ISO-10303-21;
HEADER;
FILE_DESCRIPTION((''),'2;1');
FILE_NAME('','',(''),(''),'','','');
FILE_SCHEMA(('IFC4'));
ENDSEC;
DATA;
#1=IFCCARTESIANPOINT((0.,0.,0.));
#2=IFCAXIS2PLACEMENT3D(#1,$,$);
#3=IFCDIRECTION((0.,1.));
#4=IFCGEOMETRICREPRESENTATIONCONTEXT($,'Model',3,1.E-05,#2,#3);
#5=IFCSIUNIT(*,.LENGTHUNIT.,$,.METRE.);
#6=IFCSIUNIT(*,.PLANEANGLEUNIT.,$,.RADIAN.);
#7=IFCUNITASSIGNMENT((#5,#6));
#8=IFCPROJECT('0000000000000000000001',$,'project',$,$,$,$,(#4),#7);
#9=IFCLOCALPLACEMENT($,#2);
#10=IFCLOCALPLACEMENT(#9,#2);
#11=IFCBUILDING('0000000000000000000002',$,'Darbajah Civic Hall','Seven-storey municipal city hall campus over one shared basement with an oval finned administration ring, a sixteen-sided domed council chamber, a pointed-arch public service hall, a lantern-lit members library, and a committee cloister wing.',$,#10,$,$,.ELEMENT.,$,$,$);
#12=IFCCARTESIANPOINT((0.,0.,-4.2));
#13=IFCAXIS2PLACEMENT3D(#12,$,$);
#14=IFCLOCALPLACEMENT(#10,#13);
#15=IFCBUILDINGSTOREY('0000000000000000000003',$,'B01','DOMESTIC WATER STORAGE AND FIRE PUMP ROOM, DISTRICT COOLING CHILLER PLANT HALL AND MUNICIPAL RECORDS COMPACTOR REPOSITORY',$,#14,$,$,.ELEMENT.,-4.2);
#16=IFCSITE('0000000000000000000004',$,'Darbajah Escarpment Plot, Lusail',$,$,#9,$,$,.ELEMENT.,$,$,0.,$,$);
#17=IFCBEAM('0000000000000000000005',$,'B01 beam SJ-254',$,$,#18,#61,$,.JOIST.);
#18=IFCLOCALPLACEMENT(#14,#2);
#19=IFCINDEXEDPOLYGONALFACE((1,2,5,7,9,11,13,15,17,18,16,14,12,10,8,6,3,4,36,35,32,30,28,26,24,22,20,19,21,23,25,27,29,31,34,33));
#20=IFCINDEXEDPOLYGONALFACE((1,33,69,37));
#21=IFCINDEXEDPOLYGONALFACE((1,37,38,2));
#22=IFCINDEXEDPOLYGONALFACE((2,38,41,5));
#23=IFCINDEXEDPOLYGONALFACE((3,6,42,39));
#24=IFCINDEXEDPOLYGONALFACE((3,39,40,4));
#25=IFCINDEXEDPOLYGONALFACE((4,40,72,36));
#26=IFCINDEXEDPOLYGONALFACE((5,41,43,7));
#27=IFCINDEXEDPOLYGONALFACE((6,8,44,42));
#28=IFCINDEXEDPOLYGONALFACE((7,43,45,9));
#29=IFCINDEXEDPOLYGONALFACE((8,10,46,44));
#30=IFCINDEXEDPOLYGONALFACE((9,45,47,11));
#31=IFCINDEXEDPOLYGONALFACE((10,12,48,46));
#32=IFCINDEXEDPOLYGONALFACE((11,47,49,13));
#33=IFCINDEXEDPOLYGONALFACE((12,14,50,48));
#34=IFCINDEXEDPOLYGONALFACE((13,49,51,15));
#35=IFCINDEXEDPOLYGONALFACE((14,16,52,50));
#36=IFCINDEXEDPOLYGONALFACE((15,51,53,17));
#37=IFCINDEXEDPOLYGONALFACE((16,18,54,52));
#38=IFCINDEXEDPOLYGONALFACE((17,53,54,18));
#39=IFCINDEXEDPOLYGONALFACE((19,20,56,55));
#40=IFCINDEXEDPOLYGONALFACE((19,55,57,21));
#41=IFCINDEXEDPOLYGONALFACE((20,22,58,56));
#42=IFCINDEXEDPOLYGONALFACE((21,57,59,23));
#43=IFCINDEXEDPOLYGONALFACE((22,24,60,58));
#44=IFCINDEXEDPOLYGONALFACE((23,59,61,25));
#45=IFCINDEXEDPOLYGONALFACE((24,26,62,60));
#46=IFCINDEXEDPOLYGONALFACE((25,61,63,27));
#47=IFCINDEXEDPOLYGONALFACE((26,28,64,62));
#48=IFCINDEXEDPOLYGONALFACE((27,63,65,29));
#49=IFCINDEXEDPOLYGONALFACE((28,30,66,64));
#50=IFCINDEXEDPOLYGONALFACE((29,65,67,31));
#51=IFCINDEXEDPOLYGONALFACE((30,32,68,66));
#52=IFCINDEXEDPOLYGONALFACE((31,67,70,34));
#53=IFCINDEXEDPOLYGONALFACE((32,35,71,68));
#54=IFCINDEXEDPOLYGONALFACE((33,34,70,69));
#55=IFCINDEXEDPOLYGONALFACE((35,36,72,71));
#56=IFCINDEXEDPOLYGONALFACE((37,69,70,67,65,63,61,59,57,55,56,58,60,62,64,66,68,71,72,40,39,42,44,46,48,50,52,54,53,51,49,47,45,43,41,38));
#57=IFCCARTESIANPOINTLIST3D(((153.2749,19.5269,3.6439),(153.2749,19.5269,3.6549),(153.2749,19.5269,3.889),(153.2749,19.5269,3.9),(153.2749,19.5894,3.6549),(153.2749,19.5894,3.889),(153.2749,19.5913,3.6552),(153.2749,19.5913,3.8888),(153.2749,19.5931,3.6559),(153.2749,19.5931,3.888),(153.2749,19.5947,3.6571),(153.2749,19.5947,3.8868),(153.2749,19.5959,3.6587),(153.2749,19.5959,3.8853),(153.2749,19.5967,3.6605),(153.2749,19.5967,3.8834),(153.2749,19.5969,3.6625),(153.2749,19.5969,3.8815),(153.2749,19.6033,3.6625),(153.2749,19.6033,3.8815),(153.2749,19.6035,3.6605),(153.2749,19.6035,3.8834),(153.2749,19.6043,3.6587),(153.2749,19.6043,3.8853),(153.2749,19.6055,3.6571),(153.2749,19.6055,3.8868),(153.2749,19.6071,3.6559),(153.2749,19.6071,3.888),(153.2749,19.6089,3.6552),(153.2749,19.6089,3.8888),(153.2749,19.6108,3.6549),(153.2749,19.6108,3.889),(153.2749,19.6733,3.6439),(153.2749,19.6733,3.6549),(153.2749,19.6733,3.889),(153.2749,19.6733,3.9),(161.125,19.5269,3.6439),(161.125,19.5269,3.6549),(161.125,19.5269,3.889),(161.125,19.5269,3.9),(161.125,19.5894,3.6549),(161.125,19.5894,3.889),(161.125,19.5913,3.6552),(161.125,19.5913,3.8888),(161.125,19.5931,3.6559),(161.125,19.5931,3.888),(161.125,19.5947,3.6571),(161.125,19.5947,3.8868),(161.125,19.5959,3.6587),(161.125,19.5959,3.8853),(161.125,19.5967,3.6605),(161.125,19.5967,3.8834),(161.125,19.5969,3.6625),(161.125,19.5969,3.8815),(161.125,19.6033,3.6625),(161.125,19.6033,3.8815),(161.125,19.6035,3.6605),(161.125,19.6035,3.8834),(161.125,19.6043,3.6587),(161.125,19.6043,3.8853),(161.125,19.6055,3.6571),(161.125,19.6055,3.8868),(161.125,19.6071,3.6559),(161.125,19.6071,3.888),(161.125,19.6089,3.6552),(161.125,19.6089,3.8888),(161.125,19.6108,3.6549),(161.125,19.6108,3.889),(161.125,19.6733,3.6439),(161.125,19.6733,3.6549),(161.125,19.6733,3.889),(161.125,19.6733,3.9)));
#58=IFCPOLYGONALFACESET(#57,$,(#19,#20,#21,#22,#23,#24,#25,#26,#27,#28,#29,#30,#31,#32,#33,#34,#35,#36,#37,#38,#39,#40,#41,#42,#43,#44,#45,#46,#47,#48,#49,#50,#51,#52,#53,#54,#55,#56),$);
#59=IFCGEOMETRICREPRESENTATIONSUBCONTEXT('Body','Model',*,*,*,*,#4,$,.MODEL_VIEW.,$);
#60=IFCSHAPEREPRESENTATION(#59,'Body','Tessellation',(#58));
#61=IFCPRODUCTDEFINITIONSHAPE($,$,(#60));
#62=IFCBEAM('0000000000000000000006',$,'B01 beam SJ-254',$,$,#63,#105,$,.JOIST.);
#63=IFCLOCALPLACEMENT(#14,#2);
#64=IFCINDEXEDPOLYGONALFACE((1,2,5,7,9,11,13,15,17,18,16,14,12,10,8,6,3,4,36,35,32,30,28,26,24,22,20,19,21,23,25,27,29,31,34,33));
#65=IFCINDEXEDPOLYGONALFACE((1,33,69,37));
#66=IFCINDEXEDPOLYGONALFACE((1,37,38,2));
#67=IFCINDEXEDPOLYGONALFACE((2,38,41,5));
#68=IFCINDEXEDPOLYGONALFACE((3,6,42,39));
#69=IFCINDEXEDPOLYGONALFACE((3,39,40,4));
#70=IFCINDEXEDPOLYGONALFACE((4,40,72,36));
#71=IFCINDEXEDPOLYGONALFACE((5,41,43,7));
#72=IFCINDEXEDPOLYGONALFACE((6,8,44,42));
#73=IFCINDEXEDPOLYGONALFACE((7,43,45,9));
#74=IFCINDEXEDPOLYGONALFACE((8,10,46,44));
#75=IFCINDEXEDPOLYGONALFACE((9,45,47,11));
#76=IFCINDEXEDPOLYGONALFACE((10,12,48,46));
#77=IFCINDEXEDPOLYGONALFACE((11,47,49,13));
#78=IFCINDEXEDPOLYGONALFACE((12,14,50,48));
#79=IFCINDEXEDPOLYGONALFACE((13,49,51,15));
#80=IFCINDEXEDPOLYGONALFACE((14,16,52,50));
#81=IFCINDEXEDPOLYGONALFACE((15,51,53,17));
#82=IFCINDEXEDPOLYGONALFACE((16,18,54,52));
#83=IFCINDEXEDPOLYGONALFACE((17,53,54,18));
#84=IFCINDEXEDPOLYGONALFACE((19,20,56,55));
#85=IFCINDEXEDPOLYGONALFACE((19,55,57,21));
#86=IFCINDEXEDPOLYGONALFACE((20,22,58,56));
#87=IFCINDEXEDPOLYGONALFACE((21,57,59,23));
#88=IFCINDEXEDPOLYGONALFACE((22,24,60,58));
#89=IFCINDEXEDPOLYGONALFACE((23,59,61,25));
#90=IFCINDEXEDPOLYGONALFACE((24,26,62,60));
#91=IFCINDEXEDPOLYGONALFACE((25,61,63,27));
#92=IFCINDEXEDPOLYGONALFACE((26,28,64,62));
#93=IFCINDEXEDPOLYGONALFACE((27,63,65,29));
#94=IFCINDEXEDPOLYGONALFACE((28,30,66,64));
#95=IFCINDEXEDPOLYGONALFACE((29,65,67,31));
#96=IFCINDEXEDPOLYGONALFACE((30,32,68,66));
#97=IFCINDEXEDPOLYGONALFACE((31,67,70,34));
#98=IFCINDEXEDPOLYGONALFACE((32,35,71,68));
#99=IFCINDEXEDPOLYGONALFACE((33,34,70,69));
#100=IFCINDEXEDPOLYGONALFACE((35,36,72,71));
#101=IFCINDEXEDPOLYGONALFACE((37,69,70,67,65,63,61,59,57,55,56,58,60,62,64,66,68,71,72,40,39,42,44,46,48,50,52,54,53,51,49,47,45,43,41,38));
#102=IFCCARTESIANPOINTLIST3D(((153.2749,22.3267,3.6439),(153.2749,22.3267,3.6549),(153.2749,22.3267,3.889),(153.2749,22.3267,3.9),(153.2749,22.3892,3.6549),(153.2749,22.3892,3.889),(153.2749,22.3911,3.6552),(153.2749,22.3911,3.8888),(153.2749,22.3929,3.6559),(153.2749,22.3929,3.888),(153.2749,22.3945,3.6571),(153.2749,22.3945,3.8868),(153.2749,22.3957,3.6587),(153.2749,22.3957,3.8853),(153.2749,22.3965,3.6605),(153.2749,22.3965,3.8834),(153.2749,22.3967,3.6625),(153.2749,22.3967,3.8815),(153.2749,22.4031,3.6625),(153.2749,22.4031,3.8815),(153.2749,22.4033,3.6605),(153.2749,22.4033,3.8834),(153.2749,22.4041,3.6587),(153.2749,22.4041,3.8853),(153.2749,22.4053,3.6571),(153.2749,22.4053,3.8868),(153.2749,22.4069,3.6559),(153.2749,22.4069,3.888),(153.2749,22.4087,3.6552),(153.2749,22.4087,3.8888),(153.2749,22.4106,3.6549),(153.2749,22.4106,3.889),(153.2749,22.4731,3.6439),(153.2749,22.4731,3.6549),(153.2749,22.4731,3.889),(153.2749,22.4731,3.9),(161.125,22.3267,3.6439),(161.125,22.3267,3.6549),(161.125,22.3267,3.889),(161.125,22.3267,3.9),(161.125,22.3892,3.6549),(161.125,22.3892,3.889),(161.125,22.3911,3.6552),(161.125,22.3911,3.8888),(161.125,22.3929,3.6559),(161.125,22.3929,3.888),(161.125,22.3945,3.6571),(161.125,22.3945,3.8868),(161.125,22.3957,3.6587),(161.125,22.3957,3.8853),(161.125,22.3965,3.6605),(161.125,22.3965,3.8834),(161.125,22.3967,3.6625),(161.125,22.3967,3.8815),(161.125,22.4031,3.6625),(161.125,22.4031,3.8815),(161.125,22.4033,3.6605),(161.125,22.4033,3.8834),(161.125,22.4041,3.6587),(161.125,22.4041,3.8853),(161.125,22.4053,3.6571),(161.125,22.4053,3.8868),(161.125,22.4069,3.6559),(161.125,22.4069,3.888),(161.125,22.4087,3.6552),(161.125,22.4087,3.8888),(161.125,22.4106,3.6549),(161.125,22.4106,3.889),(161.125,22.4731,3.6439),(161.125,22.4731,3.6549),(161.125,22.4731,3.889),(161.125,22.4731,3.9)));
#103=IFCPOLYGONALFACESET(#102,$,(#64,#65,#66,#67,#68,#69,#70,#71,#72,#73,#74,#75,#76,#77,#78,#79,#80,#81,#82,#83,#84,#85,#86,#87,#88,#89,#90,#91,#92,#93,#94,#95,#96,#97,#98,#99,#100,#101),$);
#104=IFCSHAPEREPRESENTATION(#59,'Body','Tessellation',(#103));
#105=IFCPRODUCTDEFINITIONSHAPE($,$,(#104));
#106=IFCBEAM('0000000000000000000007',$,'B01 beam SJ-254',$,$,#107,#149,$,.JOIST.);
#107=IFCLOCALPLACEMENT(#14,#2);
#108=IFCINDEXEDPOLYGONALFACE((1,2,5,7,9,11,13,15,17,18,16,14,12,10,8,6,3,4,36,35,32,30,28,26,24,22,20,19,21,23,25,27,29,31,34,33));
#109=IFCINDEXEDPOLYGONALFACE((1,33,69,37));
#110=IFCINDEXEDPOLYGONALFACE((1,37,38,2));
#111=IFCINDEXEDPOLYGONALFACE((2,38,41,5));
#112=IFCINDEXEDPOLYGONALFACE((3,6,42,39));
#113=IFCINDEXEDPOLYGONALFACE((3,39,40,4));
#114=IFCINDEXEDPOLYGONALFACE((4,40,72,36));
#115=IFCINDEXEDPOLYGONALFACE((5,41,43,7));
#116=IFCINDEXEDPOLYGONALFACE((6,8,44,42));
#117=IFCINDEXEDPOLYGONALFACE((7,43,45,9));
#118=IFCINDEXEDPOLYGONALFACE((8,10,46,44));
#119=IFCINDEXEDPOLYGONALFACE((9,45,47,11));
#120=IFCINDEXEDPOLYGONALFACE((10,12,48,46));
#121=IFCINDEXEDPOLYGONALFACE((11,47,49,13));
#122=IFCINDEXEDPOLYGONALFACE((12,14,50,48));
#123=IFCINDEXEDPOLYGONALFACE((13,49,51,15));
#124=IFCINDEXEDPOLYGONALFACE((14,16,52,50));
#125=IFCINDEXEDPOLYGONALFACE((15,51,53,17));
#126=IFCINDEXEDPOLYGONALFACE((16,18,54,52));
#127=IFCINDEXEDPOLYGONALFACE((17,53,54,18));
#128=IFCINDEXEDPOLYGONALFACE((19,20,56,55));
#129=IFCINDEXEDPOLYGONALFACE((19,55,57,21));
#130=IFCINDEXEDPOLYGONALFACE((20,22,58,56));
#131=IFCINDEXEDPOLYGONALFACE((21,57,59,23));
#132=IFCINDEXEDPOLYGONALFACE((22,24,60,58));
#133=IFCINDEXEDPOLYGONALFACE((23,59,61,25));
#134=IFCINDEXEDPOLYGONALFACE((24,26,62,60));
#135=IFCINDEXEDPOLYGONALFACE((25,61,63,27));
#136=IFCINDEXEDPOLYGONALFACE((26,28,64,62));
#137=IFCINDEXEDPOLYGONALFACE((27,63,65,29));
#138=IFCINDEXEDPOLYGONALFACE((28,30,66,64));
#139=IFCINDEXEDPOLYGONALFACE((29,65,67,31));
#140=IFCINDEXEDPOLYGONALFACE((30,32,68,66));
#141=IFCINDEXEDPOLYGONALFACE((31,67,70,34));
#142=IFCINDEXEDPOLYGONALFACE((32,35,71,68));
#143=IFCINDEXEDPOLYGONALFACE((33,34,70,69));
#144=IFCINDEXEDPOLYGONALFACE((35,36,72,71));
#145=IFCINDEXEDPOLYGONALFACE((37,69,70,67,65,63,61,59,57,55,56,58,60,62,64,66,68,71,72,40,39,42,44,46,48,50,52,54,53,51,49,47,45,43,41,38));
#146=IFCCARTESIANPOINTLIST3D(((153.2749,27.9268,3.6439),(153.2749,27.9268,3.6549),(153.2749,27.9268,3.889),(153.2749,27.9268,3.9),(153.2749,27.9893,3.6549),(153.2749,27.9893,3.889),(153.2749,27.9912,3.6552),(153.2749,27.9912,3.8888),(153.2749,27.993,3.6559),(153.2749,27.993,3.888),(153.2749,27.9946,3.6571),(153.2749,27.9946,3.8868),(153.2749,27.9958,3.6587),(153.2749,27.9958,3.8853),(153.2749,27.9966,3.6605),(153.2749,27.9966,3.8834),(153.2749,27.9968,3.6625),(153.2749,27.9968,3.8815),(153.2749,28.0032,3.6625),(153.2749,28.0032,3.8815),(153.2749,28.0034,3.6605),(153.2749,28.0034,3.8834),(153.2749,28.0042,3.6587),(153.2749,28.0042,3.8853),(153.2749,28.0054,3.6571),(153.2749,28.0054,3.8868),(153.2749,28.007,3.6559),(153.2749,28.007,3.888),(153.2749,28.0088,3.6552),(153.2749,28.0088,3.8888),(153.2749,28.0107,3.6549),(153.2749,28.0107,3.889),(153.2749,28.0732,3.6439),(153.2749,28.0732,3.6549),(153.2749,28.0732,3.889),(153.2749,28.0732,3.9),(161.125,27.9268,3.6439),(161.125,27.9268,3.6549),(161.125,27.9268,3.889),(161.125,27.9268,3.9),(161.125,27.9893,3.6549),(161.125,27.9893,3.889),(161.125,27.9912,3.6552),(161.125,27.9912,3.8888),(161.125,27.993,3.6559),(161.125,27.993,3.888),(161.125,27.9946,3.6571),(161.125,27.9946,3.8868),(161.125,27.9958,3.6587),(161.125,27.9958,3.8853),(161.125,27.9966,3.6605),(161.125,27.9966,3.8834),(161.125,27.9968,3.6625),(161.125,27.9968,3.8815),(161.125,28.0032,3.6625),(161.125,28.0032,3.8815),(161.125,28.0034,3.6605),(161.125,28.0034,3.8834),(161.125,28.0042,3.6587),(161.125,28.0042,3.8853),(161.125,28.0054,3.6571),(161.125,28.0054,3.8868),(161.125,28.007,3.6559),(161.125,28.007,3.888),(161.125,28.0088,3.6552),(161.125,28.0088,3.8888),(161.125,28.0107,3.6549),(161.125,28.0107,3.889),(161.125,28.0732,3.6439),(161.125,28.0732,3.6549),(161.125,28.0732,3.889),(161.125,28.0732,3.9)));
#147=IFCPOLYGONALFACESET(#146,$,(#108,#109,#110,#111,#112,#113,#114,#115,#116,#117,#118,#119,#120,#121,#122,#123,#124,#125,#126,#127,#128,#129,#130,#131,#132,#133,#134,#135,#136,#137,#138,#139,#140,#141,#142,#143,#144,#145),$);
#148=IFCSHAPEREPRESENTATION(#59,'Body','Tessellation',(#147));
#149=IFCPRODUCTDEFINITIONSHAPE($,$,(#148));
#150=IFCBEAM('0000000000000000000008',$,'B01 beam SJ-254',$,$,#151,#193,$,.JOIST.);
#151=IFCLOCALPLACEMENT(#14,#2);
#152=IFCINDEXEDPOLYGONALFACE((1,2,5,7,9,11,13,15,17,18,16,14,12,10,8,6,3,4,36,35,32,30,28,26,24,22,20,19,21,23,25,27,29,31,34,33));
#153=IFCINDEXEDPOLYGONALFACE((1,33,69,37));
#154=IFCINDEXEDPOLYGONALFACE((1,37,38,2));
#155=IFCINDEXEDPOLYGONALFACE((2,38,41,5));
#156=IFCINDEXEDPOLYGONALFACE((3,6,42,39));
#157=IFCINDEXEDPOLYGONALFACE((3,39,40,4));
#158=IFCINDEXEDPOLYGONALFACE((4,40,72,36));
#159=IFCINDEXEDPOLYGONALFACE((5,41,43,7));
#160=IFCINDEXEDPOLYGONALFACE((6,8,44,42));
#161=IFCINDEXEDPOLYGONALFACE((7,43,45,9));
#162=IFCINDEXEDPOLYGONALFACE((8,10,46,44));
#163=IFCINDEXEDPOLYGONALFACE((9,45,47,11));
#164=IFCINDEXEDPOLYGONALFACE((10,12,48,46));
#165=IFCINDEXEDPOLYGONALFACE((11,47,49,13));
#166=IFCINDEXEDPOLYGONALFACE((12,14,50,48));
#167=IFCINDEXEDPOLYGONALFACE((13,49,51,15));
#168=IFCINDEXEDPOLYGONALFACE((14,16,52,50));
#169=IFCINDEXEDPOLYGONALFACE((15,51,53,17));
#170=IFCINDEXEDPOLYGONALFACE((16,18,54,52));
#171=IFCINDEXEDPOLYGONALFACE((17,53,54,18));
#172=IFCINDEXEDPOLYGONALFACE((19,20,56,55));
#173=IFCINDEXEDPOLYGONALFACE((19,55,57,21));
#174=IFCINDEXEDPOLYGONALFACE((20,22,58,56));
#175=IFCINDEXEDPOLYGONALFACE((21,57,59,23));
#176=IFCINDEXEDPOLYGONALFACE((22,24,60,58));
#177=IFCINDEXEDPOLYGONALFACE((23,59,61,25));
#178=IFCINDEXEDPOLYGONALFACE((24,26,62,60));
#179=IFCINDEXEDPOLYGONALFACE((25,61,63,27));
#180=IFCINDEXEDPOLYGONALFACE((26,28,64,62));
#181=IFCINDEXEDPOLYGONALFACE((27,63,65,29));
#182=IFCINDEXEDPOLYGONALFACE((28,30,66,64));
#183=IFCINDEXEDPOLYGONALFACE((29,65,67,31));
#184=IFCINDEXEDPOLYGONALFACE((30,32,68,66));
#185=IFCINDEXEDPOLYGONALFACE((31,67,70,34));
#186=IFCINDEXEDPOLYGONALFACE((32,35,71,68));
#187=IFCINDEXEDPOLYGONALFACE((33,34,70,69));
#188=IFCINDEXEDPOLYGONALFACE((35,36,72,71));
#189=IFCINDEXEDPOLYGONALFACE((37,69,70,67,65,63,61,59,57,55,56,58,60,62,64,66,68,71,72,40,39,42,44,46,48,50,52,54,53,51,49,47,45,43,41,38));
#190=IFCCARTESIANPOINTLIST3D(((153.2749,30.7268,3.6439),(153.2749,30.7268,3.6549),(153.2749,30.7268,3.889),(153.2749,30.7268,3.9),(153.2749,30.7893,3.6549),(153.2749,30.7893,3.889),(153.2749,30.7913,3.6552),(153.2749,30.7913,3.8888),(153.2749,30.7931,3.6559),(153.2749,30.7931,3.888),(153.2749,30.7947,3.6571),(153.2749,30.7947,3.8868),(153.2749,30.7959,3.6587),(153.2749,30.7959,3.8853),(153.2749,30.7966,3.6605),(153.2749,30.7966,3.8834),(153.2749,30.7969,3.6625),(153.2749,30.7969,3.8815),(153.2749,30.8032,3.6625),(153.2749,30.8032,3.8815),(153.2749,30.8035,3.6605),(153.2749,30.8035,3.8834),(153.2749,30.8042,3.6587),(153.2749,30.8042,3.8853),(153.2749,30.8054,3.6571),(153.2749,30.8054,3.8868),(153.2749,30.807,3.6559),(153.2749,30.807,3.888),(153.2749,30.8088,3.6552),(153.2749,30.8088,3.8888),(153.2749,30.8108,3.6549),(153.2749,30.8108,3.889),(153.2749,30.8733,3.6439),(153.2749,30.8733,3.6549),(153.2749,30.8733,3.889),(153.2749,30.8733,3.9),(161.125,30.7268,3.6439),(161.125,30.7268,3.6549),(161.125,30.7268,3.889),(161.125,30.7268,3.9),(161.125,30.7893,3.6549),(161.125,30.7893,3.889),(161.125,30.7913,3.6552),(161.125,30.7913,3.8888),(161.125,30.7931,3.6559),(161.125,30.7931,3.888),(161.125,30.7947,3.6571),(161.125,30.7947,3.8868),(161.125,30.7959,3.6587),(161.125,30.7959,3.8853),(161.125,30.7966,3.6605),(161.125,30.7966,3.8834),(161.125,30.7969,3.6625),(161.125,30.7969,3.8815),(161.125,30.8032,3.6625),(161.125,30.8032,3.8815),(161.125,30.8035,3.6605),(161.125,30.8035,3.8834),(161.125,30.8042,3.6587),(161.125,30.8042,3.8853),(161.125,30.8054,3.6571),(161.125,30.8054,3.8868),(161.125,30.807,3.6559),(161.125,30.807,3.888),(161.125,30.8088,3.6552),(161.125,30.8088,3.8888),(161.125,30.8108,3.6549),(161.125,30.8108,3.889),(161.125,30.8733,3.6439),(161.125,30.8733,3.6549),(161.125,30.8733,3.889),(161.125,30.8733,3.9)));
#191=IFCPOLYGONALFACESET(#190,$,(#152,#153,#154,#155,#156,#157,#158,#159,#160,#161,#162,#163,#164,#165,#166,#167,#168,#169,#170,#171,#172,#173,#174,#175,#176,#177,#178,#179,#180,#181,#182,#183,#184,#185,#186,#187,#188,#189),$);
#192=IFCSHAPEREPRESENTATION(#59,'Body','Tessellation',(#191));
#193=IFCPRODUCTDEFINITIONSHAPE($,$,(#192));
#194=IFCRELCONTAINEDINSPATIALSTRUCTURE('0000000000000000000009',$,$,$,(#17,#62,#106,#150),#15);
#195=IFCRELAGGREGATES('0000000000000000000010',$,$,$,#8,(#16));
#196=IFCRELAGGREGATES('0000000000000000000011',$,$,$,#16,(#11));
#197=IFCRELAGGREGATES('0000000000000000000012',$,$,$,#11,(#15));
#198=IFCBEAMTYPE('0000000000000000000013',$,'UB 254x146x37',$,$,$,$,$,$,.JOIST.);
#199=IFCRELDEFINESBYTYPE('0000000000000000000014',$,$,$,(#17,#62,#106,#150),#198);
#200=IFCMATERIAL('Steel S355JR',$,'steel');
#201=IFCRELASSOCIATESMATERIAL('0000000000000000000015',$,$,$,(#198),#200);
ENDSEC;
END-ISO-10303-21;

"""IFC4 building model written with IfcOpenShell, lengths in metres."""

from ifc_helpers import new_model, si_unit, direction, frame, origin, origin_2d, place, context, subcontext, project, spatial, i_section, extrude, material, material_profile, profile_set, type_object, element, save


model = new_model("IFC4")

# Units and contexts
model_context = context("Model", 3, precision=1e-05, world=origin(), true_north=direction((0.0, 1.0)))
body_context = subcontext(model_context, "Body", "Model", "MODEL_VIEW")
ifc_project = project(units=[si_unit("LENGTHUNIT", "METRE"), si_unit("PLANEANGLEUNIT", "RADIAN")], contexts=[model_context])

# Site, building, storey
site_placement = place(None, origin())
site = spatial("IfcSite", under=ifc_project, at=site_placement, Name="Darbajah Escarpment Plot, Lusail", CompositionType="ELEMENT", RefElevation=0.0)
building_placement = place(site_placement, origin())
building = spatial("IfcBuilding", under=site, at=building_placement, Name="Darbajah Civic Hall", Description="Seven-storey municipal city hall campus over one shared basement with an oval finned administration ring, a sixteen-sided domed council chamber, a pointed-arch public service hall, a lantern-lit members library, and a committee cloister wing.", CompositionType="ELEMENT")
storey_placement = place(building_placement, frame((0.0, 0.0, -4.2)))
storey = spatial("IfcBuildingStorey", under=building, at=storey_placement, Name="B01", Description="DOMESTIC WATER STORAGE AND FIRE PUMP ROOM, DISTRICT COOLING CHILLER PLANT HALL AND MUNICIPAL RECORDS COMPACTOR REPOSITORY", CompositionType="ELEMENT", Elevation=-4.2)

# Beams
ifc_material_1 = material(Name="Steel S355JR", Category="steel")
ifc_material_profile_1 = material_profile(ifc_material_1, i_section(OverallWidth=0.1465, OverallDepth=0.2561, WebThickness=0.0063, FlangeThickness=0.011, FilletRadius=0.0076, at=origin_2d()), Name="UB 254x146x37")
ifc_profile_set_1 = profile_set([ifc_material_profile_1], Name="Steel S355JR")
beam_type_1 = type_object("IfcBeamType", Name="UB 254x146x37", PredefinedType="JOIST", material=ifc_profile_set_1)
for number, where, z_axis, x_axis, name in (
    (1, (153.2749, 19.6001, 3.772), (1.0, 0.0, 0.0), (0.0, 1.0, 0.0), "B01 beam SJ-254"),
    (2, (153.2749, 22.3999, 3.772), (1.0, 0.0, 0.0), (0.0, 1.0, 0.0), "B01 beam SJ-254"),
    (3, (153.2749, 28.0, 3.772), (1.0, 0.0, 0.0), (0.0, 1.0, 0.0), "B01 beam SJ-254"),
    (4, (153.2749, 30.8, 3.772), (1.0, 0.0, 0.0), (0.0, 1.0, 0.0), "B01 beam SJ-254"),
):
    element("IfcBeam", number, at=place(storey_placement, frame(where, z_axis=z_axis, x_axis=x_axis)), inside=storey, type_object=beam_type_1, Name=name, PredefinedType="JOIST", context=body_context, shape_type="SweptSolid", body=[
        extrude(i_section(OverallWidth=0.1465, OverallDepth=0.2561, WebThickness=0.0063, FlangeThickness=0.011, FilletRadius=0.0076, at=origin_2d()), origin(), (0.0, 0.0, 1.0), 7.8501),
    ])

save(model, "model.ifc")
